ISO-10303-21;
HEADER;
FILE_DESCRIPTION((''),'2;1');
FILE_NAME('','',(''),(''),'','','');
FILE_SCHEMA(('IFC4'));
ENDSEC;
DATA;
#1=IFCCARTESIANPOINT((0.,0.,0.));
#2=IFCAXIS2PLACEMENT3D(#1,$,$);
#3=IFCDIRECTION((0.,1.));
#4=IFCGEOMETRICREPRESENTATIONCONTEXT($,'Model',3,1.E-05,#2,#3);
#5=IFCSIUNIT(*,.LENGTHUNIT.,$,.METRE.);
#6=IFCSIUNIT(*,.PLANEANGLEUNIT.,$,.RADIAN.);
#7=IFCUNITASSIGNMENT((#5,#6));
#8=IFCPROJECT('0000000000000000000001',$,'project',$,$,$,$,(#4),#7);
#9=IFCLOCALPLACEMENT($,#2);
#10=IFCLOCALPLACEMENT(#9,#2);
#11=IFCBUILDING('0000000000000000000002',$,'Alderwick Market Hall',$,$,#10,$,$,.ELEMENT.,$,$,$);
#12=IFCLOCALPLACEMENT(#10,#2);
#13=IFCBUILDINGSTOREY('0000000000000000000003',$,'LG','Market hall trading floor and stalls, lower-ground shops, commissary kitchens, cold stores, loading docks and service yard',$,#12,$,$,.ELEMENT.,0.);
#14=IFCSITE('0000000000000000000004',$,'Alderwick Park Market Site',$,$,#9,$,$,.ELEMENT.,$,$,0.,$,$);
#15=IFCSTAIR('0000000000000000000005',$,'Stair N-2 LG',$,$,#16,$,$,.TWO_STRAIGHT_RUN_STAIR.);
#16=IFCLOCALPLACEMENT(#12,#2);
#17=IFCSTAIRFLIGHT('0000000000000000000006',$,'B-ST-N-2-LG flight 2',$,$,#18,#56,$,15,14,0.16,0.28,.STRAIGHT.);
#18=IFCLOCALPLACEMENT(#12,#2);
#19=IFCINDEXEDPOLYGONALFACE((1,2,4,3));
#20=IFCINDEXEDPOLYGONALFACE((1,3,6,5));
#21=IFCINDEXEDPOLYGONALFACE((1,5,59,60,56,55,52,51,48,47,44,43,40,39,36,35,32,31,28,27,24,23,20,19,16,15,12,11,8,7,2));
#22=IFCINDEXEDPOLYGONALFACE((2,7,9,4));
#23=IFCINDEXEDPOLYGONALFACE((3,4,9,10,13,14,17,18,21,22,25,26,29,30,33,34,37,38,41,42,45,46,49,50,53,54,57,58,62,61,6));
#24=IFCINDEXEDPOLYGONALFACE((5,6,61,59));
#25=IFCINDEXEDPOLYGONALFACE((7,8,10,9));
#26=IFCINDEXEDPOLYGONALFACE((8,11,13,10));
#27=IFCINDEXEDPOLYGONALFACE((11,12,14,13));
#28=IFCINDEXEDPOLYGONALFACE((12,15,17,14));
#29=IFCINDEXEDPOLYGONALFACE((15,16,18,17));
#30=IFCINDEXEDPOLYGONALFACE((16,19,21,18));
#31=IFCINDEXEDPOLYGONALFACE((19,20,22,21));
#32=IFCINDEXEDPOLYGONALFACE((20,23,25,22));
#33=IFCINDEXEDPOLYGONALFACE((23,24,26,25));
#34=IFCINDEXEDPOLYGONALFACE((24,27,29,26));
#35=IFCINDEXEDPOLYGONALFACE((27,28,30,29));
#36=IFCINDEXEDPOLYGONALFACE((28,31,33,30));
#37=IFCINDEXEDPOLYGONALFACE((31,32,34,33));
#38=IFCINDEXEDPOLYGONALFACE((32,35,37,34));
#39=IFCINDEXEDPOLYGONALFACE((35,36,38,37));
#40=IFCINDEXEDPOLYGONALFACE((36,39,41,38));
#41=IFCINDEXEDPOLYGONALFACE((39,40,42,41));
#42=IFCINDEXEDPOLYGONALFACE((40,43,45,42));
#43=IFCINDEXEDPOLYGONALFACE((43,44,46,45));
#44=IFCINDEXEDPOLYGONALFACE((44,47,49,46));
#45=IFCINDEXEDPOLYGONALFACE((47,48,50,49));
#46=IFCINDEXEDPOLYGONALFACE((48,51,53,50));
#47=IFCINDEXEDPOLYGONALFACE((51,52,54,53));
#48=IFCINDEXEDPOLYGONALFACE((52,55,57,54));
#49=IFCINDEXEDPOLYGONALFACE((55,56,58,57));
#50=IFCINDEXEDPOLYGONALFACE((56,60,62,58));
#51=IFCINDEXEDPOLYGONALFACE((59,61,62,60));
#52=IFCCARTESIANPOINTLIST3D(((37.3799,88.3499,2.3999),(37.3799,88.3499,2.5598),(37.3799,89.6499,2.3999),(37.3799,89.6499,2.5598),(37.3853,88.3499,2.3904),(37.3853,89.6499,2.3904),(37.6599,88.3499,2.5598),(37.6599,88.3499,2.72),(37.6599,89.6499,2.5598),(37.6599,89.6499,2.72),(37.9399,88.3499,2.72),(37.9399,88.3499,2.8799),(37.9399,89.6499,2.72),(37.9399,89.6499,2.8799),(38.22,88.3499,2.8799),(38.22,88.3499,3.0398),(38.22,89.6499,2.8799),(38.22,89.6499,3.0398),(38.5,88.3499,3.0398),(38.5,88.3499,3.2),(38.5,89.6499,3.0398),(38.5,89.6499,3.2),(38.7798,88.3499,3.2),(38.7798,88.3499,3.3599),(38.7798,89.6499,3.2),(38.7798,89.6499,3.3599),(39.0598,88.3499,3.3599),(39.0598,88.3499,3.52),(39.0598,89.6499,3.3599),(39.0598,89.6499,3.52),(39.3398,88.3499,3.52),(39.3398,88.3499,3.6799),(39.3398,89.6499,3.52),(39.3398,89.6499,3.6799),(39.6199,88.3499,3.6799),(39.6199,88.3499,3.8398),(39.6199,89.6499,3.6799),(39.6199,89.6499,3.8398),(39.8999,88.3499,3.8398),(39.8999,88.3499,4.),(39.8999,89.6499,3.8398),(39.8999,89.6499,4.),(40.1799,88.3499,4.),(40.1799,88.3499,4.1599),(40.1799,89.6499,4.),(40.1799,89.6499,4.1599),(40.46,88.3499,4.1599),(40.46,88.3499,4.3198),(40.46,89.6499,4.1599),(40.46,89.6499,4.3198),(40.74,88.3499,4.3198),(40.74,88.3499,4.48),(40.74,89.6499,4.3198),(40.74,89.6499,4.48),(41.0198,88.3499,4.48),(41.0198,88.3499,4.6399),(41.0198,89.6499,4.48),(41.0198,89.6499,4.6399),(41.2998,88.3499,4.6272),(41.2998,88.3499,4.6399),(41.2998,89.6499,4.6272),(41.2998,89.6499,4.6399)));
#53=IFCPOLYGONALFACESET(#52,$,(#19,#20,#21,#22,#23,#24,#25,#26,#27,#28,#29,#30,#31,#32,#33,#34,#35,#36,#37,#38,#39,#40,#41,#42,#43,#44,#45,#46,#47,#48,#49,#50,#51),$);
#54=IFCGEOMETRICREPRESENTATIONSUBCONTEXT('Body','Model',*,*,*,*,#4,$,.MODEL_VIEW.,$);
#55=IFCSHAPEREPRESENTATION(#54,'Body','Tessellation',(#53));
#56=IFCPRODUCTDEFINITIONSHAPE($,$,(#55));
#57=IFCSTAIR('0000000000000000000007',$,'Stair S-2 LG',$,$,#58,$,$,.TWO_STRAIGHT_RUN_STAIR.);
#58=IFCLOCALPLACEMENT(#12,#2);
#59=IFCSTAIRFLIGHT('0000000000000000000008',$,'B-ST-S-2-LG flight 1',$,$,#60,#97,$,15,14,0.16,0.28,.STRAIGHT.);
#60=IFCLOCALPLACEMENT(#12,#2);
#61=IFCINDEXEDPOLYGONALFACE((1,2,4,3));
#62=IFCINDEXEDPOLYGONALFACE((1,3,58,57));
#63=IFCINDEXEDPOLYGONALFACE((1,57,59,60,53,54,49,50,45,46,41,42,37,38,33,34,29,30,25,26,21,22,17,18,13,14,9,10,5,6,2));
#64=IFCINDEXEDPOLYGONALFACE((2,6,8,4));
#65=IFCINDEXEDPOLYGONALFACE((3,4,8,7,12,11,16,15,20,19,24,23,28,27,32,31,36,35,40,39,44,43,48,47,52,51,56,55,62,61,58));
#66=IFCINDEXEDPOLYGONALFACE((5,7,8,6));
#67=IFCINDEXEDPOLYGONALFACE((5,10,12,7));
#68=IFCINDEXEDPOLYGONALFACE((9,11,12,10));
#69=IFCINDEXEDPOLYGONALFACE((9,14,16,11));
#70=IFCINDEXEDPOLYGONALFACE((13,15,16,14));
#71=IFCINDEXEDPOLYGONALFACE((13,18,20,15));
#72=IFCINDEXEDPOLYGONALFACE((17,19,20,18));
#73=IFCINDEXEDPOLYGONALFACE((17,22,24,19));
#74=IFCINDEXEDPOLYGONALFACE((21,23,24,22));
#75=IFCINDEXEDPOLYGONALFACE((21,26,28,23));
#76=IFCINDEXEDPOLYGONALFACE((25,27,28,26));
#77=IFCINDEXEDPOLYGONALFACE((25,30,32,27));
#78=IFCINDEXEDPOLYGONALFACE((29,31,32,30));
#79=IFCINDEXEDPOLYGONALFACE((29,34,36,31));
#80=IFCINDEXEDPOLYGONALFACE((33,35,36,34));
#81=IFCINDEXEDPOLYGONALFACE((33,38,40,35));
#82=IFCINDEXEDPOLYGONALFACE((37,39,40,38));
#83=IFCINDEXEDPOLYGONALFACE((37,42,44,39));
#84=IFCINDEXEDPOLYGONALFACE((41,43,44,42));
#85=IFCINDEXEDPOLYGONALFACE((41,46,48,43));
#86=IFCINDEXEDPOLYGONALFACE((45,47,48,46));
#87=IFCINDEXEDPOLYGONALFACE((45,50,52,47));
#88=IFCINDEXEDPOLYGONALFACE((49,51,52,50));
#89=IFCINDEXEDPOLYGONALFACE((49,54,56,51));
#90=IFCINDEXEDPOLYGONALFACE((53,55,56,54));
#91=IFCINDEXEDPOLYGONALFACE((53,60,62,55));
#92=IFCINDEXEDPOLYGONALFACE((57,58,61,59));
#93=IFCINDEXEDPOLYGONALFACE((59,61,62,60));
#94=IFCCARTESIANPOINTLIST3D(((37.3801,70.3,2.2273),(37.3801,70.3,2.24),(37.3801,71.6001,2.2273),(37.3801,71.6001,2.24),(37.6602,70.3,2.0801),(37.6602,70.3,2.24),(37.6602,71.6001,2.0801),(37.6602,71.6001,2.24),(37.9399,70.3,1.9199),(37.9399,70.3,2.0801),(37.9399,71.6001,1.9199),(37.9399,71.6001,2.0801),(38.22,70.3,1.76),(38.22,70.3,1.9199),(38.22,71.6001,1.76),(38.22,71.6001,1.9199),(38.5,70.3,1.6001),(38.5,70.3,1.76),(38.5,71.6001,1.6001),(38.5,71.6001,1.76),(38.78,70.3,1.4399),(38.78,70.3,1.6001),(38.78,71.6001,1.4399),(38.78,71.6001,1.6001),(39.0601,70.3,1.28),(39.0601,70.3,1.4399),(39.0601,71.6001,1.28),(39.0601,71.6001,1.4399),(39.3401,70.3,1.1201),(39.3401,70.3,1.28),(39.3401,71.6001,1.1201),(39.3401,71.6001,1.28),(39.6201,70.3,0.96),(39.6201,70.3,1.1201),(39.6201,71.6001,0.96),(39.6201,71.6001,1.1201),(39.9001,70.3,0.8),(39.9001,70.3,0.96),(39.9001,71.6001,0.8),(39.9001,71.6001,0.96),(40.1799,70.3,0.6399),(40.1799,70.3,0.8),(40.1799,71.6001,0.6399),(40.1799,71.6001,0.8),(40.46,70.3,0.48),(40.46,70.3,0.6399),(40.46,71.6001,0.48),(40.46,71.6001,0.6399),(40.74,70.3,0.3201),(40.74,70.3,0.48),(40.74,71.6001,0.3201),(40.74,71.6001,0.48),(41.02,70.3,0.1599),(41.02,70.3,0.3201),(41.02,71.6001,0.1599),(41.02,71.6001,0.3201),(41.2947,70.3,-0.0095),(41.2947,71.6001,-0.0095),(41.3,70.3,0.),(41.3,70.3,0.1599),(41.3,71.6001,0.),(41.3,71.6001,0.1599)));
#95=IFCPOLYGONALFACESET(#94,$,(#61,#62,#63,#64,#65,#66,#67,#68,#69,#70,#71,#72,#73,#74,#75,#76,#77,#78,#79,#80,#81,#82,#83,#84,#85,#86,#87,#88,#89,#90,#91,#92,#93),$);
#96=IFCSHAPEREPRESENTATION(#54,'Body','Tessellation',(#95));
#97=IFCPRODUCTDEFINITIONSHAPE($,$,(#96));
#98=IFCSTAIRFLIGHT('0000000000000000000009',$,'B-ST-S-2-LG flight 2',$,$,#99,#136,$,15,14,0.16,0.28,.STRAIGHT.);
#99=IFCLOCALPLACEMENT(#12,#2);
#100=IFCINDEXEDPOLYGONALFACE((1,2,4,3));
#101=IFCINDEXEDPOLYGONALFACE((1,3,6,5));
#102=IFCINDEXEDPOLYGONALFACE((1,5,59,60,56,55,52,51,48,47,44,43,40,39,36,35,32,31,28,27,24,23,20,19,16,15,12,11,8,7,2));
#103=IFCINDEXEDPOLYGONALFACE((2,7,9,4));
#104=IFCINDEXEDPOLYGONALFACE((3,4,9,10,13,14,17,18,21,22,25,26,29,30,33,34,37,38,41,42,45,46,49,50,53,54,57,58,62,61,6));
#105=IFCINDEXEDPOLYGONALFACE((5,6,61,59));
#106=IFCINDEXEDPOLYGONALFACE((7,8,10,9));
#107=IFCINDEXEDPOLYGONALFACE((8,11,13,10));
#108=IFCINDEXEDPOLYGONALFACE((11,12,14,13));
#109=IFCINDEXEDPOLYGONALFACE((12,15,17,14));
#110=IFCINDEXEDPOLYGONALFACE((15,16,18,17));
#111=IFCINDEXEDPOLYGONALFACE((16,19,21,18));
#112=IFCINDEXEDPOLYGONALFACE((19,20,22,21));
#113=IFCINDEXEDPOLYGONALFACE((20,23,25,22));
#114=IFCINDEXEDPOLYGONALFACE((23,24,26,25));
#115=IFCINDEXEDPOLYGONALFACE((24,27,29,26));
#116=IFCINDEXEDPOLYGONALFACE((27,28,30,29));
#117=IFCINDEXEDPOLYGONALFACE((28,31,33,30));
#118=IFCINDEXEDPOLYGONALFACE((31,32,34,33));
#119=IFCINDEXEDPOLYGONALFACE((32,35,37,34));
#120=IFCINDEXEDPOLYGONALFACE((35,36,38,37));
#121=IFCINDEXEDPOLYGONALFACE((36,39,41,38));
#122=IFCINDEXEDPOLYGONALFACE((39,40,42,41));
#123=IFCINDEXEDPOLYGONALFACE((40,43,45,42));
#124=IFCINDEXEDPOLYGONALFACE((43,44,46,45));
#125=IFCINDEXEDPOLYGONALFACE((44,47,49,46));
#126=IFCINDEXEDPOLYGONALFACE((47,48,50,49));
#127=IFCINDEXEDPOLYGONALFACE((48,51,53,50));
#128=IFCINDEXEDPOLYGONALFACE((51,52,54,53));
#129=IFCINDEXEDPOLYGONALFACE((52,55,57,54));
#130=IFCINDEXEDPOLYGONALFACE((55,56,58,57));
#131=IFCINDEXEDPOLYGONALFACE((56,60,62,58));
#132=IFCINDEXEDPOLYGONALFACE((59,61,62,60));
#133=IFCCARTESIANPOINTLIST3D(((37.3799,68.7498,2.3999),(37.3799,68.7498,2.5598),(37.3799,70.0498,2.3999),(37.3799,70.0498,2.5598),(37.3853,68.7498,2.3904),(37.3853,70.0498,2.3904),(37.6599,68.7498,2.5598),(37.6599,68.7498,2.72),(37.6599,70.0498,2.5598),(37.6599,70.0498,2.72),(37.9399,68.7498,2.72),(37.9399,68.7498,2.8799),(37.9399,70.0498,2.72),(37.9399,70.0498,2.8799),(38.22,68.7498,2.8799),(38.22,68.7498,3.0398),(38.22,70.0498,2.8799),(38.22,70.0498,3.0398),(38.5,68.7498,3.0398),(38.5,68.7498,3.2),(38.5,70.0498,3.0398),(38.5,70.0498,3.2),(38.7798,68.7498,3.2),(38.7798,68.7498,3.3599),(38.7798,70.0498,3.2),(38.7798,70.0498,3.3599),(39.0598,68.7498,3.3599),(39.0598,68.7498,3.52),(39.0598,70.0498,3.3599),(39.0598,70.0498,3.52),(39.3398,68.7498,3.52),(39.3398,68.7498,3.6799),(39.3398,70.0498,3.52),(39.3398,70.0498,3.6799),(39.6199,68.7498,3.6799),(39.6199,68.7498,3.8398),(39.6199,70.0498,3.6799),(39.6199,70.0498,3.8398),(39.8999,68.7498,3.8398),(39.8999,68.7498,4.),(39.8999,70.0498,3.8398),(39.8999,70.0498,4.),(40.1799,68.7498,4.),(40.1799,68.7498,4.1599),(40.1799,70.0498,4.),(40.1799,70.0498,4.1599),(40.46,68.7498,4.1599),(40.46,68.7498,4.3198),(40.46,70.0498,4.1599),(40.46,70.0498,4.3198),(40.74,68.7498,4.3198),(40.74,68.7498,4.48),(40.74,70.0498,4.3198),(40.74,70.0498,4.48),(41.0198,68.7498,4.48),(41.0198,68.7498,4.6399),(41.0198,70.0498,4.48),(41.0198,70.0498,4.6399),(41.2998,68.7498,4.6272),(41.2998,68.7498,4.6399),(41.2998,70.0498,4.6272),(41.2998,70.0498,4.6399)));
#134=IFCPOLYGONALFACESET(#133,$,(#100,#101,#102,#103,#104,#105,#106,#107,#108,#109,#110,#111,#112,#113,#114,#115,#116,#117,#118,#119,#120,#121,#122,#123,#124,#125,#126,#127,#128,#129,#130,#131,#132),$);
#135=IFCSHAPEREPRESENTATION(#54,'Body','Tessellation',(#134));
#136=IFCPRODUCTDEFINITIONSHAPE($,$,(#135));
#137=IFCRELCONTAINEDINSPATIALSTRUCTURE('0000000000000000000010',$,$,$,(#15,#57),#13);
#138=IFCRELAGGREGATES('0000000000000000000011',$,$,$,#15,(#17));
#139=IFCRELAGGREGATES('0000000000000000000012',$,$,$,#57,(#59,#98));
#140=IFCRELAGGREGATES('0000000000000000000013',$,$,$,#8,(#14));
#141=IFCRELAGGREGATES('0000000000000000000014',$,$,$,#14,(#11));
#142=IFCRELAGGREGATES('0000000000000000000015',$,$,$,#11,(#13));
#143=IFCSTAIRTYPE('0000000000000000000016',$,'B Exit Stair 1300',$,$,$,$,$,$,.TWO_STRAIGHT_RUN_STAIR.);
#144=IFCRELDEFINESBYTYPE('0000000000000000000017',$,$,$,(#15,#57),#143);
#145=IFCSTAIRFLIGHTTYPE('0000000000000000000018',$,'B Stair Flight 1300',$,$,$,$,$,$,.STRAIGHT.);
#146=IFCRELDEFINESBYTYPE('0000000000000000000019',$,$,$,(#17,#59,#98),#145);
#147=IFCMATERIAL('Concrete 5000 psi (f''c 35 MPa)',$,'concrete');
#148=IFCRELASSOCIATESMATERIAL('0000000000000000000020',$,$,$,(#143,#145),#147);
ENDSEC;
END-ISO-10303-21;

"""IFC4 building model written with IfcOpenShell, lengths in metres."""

from ifc_helpers import new_model, si_unit, direction, frame, origin, place, context, subcontext, project, spatial, polyline, outline, extrude, material, type_object, element, aggregate, save


model = new_model("IFC4")

# Units and contexts
model_context = context("Model", 3, precision=1e-05, world=origin(), true_north=direction((0.0, 1.0)))
body_context = subcontext(model_context, "Body", "Model", "MODEL_VIEW")
ifc_project = project(units=[si_unit("LENGTHUNIT", "METRE"), si_unit("PLANEANGLEUNIT", "RADIAN")], contexts=[model_context])

# Site, building, storey
site_placement = place(None, origin())
site = spatial("IfcSite", under=ifc_project, at=site_placement, Name="Alderwick Park Market Site", CompositionType="ELEMENT", RefElevation=0.0)
building_placement = place(site_placement, origin())
building = spatial("IfcBuilding", under=site, at=building_placement, Name="Alderwick Market Hall", CompositionType="ELEMENT")
storey_placement = place(building_placement, origin())
storey = spatial("IfcBuildingStorey", under=building, at=storey_placement, Name="LG", Description="Market hall trading floor and stalls, lower-ground shops, commissary kitchens, cold stores, loading docks and service yard", CompositionType="ELEMENT", Elevation=0.0)

# Shared definitions
ifc_material = material(Name="Concrete 5000 psi (f'c 35 MPa)", Category="concrete")

# Stairs, stair flights
stair_type = type_object("IfcStairType", Name="B Exit Stair 1300", PredefinedType="TWO_STRAIGHT_RUN_STAIR", material=ifc_material)
stair_1_placement = place(storey_placement, origin())
stair_1 = element("IfcStair", 1, at=stair_1_placement, inside=storey, type_object=stair_type, Name="Stair N-2 LG", PredefinedType="TWO_STRAIGHT_RUN_STAIR")
stair_flight_type = type_object("IfcStairFlightType", Name="B Stair Flight 1300", PredefinedType="STRAIGHT", material=ifc_material)
stair_flight_1_placement = place(storey_placement, frame((37.3799, 89.0, 2.3999), z_axis=(0.0, 0.0, 1.0), x_axis=(1.0, 0.0, 0.0)))
stair_flight_1 = element("IfcStairFlight", 2, at=stair_flight_1_placement, type_object=stair_flight_type, Name="B-ST-N-2-LG flight 2", NumberOfRisers=15, NumberOfTreads=14, PredefinedType="STRAIGHT", RiserHeight=0.16, TreadLength=0.28, context=body_context, shape_type="SweptSolid", body=[
    extrude(outline(polyline([(0.0054, -0.0095), (0.0, 0.0), (0.0, 0.1599), (0.28, 0.1599), (0.28, 0.3201), (0.5601, 0.3201), (0.5601, 0.48), (0.8401, 0.48), (0.8401, 0.6399), (1.1201, 0.6399), (1.1201, 0.8), (1.3999, 0.8), (1.3999, 0.96), (1.6799, 0.96), (1.6799, 1.1201), (1.96, 1.1201), (1.96, 1.28), (2.24, 1.28), (2.24, 1.4399), (2.52, 1.4399), (2.52, 1.6001), (2.8, 1.6001), (2.8, 1.76), (3.0801, 1.76), (3.0801, 1.9199), (3.3601, 1.9199), (3.3601, 2.0801), (3.6399, 2.0801), (3.6399, 2.24), (3.9199, 2.24), (3.9199, 2.2273), (0.0054, -0.0095)])), frame((0.0, 0.6499, 0.0), z_axis=(0.0, -1.0, 0.0), x_axis=(1.0, 0.0, 0.0)), (0.0, 0.0, 1.0), 1.3),
])
aggregate(stair_1, [stair_flight_1])
stair_2_placement = place(storey_placement, origin())
stair_2 = element("IfcStair", 3, at=stair_2_placement, inside=storey, type_object=stair_type, Name="Stair S-2 LG", PredefinedType="TWO_STRAIGHT_RUN_STAIR")
stair_flight_2_placement = place(storey_placement, frame((41.3, 70.95, 0.0), z_axis=(0.0, 0.0, 1.0), x_axis=(-1.0, 0.0, 0.0)))
stair_flight_2 = element("IfcStairFlight", 4, at=stair_flight_2_placement, type_object=stair_flight_type, Name="B-ST-S-2-LG flight 1", NumberOfRisers=15, NumberOfTreads=14, PredefinedType="STRAIGHT", RiserHeight=0.16, TreadLength=0.28, context=body_context, shape_type="SweptSolid", body=[
    extrude(outline(polyline([(0.0054, -0.0095), (0.0, 0.0), (0.0, 0.1599), (0.28, 0.1599), (0.28, 0.3201), (0.5601, 0.3201), (0.5601, 0.48), (0.8401, 0.48), (0.8401, 0.6399), (1.1201, 0.6399), (1.1201, 0.8), (1.3999, 0.8), (1.3999, 0.96), (1.6799, 0.96), (1.6799, 1.1201), (1.96, 1.1201), (1.96, 1.28), (2.24, 1.28), (2.24, 1.4399), (2.52, 1.4399), (2.52, 1.6001), (2.8, 1.6001), (2.8, 1.76), (3.0801, 1.76), (3.0801, 1.9199), (3.3601, 1.9199), (3.3601, 2.0801), (3.6399, 2.0801), (3.6399, 2.24), (3.9199, 2.24), (3.9199, 2.2273), (0.0054, -0.0095)])), frame((0.0, 0.6499, 0.0), z_axis=(0.0, -1.0, 0.0), x_axis=(1.0, 0.0, 0.0)), (0.0, 0.0, 1.0), 1.3),
])
stair_flight_3_placement = place(storey_placement, frame((37.3799, 69.3999, 2.3999), z_axis=(0.0, 0.0, 1.0), x_axis=(1.0, 0.0, 0.0)))
stair_flight_3 = element("IfcStairFlight", 5, at=stair_flight_3_placement, type_object=stair_flight_type, Name="B-ST-S-2-LG flight 2", NumberOfRisers=15, NumberOfTreads=14, PredefinedType="STRAIGHT", RiserHeight=0.16, TreadLength=0.28, context=body_context, shape_type="SweptSolid", body=[
    extrude(outline(polyline([(0.0054, -0.0095), (0.0, 0.0), (0.0, 0.1599), (0.28, 0.1599), (0.28, 0.3201), (0.5601, 0.3201), (0.5601, 0.48), (0.8401, 0.48), (0.8401, 0.6399), (1.1201, 0.6399), (1.1201, 0.8), (1.3999, 0.8), (1.3999, 0.96), (1.6799, 0.96), (1.6799, 1.1201), (1.96, 1.1201), (1.96, 1.28), (2.24, 1.28), (2.24, 1.4399), (2.52, 1.4399), (2.52, 1.6001), (2.8, 1.6001), (2.8, 1.76), (3.0801, 1.76), (3.0801, 1.9199), (3.3601, 1.9199), (3.3601, 2.0801), (3.6399, 2.0801), (3.6399, 2.24), (3.9199, 2.24), (3.9199, 2.2273), (0.0054, -0.0095)])), frame((0.0, 0.6499, 0.0), z_axis=(0.0, -1.0, 0.0), x_axis=(1.0, 0.0, 0.0)), (0.0, 0.0, 1.0), 1.3),
])
aggregate(stair_2, [stair_flight_2, stair_flight_3])

save(model, "model.ifc")
